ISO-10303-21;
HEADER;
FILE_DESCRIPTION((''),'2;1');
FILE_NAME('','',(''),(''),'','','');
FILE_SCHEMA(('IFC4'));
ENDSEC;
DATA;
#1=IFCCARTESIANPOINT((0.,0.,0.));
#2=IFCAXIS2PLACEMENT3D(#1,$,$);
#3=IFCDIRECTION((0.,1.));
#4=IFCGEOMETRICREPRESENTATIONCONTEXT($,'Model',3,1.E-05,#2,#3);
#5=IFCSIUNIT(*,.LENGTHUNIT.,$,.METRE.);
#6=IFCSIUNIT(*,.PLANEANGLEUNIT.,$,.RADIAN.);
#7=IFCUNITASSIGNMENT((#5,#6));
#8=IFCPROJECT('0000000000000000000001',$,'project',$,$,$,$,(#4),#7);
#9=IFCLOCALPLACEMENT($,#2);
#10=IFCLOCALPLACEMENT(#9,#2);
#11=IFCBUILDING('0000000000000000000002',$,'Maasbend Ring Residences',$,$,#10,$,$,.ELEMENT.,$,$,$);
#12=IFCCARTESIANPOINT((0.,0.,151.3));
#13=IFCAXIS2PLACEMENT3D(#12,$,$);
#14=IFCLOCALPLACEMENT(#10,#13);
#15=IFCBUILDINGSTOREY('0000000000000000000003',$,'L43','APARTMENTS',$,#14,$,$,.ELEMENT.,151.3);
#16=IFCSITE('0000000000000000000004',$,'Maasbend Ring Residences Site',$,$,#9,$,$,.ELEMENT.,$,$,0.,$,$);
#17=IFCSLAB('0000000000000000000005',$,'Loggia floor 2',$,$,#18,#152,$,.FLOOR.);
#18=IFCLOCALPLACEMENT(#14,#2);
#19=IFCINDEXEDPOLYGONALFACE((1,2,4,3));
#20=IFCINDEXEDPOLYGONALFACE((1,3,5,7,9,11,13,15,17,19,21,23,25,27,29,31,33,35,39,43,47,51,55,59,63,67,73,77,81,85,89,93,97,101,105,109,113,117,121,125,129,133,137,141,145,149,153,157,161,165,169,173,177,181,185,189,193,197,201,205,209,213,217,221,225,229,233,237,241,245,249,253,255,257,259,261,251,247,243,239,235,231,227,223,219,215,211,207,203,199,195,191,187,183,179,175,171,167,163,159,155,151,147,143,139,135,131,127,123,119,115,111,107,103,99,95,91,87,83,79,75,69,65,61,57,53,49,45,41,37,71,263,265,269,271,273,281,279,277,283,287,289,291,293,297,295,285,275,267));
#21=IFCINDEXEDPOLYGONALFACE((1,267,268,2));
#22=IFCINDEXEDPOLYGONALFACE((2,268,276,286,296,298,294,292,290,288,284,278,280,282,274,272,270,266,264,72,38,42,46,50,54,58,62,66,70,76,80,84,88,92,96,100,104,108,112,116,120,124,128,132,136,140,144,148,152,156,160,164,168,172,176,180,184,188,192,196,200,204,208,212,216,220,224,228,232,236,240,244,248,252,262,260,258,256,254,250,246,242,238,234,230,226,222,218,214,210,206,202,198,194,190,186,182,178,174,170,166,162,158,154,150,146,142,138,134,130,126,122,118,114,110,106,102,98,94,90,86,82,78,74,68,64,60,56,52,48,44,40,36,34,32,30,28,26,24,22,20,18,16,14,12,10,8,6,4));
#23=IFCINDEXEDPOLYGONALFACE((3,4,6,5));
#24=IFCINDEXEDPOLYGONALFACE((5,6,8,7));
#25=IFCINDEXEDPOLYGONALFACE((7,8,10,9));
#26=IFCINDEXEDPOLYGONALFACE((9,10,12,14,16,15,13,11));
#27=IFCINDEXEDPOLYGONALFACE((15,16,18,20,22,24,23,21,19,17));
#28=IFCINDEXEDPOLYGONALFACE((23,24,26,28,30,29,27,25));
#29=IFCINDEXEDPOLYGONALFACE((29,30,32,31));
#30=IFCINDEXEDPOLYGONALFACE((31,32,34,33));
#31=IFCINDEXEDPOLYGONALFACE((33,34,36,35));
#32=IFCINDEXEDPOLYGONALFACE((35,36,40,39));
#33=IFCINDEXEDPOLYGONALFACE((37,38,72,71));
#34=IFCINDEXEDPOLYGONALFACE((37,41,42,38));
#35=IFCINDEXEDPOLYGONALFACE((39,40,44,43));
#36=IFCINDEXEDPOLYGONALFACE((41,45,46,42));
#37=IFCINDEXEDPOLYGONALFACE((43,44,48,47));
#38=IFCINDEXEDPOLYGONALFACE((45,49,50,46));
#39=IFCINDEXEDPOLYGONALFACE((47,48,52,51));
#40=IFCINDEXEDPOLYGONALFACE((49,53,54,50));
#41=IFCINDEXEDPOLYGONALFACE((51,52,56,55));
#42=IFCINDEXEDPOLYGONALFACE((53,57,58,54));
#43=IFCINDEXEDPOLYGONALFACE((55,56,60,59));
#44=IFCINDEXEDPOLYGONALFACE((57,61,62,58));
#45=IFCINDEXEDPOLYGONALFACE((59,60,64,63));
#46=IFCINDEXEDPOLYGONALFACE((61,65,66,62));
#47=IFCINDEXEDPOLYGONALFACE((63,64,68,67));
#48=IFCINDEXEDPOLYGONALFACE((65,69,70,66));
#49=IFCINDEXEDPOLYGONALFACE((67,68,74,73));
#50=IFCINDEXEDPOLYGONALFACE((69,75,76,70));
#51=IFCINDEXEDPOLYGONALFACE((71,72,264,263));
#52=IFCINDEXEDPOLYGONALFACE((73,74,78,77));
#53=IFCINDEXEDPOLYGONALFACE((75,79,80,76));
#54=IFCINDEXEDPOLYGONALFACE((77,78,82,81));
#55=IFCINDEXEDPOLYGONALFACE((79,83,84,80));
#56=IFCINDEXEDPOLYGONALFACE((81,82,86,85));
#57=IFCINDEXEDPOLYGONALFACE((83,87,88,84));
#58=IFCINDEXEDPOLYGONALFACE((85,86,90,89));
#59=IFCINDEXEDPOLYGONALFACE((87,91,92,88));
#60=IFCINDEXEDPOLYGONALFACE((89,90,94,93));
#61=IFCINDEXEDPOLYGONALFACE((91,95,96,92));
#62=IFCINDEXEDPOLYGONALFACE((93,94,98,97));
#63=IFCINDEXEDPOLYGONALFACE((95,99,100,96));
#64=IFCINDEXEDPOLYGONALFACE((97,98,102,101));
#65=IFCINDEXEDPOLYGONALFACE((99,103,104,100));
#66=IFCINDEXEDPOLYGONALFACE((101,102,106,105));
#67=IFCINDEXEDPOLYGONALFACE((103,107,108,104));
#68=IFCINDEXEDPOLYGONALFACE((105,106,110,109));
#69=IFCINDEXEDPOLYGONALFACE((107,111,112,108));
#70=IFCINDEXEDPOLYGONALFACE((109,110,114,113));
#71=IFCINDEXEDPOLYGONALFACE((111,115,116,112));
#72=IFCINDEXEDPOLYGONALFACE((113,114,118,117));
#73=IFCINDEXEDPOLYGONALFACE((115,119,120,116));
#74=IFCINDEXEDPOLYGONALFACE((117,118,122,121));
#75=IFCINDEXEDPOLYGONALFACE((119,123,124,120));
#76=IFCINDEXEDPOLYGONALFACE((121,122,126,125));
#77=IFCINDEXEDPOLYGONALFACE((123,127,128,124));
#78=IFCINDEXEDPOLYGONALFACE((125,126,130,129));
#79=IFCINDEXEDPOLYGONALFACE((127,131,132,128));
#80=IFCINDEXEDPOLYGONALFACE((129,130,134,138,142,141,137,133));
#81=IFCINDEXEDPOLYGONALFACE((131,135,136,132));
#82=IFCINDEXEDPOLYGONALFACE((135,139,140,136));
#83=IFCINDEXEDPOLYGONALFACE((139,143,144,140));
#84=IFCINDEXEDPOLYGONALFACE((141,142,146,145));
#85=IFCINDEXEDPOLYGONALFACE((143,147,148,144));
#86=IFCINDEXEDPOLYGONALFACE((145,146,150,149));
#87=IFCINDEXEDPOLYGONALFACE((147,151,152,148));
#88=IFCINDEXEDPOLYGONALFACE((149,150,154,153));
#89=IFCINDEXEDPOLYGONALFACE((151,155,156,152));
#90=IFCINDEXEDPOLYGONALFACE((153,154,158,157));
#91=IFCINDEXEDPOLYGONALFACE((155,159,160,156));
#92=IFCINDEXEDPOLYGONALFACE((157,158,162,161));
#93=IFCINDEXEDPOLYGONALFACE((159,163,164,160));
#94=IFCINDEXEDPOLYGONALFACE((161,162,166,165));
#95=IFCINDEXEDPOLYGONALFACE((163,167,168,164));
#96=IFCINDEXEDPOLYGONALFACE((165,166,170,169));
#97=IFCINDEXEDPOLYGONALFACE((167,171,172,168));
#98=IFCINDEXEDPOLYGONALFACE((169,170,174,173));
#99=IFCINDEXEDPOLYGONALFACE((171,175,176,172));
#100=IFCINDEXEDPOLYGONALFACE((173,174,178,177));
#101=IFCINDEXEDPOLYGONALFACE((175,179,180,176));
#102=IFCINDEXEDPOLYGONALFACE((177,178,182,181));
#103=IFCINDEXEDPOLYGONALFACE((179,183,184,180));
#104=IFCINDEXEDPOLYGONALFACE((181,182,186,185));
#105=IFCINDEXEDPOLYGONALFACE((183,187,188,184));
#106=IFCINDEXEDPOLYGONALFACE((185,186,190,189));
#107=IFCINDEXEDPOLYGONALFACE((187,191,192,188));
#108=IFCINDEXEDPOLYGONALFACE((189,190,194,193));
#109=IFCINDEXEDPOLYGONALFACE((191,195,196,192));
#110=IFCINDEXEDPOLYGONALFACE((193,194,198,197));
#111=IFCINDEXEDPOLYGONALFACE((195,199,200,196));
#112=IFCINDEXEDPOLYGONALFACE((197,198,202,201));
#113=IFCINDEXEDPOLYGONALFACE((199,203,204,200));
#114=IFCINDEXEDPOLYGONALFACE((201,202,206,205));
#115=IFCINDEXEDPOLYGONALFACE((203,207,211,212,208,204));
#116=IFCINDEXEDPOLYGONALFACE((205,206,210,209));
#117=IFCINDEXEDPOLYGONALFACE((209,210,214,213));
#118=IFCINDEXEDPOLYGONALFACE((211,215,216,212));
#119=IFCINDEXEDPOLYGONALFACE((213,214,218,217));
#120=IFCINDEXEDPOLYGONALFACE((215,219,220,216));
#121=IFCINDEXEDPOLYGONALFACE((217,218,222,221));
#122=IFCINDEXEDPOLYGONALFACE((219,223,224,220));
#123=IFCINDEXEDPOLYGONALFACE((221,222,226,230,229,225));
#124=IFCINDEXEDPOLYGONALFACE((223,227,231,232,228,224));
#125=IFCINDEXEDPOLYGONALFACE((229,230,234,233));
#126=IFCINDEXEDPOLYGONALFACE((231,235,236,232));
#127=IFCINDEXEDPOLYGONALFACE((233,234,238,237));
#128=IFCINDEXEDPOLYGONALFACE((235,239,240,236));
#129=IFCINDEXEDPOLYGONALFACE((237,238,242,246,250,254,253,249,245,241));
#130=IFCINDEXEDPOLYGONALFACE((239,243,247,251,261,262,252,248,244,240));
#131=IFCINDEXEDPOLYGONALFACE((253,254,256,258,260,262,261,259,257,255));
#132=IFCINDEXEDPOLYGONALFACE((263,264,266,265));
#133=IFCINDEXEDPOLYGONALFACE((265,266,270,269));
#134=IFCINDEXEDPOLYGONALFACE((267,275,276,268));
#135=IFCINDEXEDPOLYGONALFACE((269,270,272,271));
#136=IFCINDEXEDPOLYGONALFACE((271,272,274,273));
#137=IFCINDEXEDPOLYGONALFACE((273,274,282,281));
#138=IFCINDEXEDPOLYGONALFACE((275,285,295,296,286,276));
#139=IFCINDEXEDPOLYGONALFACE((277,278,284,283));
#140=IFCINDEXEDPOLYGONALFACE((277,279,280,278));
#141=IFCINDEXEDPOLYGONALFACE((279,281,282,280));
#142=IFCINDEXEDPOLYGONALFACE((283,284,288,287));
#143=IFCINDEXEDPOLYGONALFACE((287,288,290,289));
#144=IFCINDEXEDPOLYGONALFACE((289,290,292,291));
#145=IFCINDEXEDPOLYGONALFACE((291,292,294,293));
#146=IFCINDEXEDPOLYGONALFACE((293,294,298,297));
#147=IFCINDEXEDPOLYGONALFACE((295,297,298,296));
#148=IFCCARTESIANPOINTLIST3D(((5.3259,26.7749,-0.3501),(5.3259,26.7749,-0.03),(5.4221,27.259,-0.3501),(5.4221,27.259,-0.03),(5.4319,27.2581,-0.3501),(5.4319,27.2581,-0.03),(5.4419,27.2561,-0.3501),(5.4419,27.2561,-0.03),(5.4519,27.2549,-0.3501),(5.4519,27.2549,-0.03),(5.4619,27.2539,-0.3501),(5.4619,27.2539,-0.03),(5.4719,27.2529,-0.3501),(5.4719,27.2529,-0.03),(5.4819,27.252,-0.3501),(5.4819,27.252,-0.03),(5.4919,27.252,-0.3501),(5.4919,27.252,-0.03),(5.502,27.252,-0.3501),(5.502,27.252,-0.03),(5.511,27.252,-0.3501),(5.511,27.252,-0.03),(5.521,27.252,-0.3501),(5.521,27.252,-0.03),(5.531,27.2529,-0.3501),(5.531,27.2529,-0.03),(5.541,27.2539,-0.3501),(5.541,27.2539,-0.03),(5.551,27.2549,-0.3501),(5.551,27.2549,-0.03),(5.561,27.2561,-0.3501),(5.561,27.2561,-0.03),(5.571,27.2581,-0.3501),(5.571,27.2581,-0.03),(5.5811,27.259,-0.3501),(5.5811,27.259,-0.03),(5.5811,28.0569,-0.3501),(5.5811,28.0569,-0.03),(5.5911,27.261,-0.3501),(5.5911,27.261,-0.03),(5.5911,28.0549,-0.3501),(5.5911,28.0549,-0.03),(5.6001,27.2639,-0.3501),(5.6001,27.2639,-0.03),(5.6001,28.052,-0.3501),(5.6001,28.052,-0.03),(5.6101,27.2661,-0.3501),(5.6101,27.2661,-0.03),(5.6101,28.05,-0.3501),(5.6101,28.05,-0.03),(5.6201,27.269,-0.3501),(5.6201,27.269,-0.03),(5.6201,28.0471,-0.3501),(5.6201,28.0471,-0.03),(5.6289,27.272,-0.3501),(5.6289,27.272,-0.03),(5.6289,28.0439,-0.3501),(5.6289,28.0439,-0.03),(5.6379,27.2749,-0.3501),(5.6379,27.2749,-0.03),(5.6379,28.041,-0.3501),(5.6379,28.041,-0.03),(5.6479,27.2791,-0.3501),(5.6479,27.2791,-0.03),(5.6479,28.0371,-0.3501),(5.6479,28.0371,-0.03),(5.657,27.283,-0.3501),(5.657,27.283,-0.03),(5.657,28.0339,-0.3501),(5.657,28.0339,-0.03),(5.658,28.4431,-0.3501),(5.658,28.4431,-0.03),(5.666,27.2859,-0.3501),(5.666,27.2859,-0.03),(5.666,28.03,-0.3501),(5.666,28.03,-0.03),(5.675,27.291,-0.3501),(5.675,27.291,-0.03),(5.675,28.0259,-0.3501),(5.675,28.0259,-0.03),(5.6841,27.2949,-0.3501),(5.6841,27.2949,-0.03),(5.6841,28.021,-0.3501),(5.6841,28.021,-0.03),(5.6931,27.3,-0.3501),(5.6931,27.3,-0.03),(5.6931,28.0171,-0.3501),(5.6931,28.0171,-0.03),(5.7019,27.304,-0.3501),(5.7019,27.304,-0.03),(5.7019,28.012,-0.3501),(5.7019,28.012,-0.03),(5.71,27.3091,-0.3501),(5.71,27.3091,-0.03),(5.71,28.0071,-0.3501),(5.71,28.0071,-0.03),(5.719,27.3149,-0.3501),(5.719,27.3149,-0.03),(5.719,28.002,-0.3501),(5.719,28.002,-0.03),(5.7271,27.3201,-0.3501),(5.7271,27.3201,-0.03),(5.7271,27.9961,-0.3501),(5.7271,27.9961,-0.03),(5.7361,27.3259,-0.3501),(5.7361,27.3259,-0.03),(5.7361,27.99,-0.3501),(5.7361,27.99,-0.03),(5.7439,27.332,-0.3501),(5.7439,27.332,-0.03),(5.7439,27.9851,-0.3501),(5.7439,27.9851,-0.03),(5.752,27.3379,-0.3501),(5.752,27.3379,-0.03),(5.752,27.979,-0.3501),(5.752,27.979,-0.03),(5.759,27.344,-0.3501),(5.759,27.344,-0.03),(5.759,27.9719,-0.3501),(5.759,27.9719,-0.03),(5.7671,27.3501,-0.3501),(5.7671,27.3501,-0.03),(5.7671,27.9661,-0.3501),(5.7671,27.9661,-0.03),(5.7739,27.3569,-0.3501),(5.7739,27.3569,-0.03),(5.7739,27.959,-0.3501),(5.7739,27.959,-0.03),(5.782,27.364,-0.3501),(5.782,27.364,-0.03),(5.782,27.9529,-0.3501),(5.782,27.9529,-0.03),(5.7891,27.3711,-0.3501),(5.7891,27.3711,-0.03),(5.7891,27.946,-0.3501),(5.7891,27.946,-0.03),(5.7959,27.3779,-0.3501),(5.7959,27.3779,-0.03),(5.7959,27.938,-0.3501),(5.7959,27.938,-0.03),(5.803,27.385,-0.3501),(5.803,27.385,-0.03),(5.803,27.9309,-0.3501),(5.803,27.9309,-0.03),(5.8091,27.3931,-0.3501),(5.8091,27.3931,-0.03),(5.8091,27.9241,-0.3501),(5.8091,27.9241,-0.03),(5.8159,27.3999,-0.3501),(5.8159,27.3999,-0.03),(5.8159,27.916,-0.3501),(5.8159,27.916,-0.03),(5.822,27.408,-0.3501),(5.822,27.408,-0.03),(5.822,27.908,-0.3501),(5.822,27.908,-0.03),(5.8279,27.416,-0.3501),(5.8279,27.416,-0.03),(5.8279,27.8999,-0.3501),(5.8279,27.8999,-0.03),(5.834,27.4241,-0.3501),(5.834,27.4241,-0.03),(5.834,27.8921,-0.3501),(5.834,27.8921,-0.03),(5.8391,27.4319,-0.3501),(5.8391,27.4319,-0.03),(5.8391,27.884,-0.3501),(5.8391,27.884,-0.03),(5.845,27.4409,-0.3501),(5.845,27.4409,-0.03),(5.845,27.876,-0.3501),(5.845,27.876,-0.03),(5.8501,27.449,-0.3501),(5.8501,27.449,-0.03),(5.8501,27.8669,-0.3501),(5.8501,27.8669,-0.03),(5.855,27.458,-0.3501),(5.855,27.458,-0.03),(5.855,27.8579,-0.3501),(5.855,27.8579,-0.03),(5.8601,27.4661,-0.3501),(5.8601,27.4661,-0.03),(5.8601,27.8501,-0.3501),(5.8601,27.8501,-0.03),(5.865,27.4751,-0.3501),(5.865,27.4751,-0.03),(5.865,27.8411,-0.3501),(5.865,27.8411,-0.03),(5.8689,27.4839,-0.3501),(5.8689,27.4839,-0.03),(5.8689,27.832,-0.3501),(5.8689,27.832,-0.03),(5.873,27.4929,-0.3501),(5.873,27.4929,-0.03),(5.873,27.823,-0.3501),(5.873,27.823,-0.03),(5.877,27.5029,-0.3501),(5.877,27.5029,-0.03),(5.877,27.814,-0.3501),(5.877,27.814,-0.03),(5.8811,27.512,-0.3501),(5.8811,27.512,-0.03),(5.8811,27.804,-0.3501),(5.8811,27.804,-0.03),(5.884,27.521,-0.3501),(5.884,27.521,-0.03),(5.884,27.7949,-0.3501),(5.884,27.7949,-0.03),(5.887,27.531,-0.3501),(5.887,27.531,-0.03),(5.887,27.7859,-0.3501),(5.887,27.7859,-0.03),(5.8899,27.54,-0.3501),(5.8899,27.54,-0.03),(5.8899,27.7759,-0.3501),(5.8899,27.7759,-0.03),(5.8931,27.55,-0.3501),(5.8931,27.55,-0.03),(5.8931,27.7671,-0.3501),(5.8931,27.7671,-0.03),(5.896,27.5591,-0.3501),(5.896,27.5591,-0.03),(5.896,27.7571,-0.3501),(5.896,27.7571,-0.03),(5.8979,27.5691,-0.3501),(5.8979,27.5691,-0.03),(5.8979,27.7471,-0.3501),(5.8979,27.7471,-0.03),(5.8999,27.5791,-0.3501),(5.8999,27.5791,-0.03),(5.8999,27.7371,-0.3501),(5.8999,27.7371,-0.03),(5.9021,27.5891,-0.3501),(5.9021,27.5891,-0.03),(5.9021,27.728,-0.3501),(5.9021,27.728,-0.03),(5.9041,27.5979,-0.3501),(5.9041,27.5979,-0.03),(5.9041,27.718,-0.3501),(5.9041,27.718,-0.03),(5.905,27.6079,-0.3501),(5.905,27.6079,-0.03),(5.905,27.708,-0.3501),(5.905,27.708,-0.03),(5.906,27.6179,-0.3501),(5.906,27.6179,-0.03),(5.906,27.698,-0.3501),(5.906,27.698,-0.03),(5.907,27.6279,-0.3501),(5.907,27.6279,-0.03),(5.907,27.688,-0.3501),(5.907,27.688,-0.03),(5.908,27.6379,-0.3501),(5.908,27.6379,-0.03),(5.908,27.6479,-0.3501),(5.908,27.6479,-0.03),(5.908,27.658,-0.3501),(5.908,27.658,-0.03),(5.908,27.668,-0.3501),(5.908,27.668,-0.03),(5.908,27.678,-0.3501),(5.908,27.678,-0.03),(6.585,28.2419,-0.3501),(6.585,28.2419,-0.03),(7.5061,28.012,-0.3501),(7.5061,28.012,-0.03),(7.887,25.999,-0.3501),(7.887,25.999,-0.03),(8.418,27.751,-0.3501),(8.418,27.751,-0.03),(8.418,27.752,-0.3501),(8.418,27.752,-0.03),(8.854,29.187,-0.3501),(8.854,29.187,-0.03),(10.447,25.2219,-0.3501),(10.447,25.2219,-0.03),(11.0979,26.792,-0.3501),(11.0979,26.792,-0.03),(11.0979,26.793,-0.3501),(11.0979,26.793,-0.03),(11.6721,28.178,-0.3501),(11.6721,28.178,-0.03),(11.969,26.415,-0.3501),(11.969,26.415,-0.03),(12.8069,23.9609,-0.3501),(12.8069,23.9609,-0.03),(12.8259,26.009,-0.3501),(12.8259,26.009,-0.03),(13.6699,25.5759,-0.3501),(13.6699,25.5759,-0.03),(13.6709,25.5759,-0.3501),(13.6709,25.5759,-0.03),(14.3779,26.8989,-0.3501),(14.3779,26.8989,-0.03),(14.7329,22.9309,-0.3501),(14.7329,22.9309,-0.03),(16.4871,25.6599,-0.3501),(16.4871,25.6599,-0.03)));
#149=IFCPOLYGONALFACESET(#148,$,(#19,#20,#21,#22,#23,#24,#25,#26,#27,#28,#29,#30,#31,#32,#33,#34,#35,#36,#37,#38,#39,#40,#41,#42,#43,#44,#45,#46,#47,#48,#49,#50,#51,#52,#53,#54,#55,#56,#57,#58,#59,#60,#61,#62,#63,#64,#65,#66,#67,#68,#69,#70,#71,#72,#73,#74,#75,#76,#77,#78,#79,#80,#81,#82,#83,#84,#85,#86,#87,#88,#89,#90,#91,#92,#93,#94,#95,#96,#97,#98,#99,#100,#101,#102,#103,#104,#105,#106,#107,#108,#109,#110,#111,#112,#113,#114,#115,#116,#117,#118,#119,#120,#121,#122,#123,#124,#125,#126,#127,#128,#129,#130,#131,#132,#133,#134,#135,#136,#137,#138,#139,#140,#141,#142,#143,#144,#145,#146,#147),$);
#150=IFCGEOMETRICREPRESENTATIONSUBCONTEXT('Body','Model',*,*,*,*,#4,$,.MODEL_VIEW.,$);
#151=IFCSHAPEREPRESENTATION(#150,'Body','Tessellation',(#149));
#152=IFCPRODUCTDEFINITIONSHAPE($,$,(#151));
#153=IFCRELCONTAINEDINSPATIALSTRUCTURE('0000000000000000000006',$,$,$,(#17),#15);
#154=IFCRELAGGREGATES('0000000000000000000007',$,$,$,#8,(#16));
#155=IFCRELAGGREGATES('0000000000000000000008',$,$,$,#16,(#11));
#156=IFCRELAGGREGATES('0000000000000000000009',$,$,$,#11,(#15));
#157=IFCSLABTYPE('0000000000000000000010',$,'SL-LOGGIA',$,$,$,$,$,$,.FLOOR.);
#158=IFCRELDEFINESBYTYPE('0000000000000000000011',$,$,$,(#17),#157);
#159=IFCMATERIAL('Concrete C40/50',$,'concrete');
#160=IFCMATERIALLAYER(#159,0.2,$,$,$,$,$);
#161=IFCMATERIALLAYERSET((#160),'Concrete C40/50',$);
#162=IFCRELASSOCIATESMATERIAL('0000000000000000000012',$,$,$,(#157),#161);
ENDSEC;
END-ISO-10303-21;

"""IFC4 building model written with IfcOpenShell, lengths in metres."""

from ifc_helpers import new_model, si_unit, direction, frame, origin, place, context, subcontext, project, spatial, polyline, outline, extrude, material, layer, layer_set, type_object, element, save


model = new_model("IFC4")

# Units and contexts
model_context = context("Model", 3, precision=1e-05, world=origin(), true_north=direction((0.0, 1.0)))
body_context = subcontext(model_context, "Body", "Model", "MODEL_VIEW")
ifc_project = project(units=[si_unit("LENGTHUNIT", "METRE"), si_unit("PLANEANGLEUNIT", "RADIAN")], contexts=[model_context])

# Site, building, storey
site_placement = place(None, origin())
site = spatial("IfcSite", under=ifc_project, at=site_placement, Name="Maasbend Ring Residences Site", CompositionType="ELEMENT", RefElevation=0.0)
building_placement = place(site_placement, origin())
building = spatial("IfcBuilding", under=site, at=building_placement, Name="Maasbend Ring Residences", CompositionType="ELEMENT")
storey_placement = place(building_placement, frame((0.0, 0.0, 151.3)))
storey = spatial("IfcBuildingStorey", under=building, at=storey_placement, Name="L43", Description="APARTMENTS", CompositionType="ELEMENT", Elevation=151.3)

# Slab
ifc_material_1 = material(Name="Concrete C40/50", Category="concrete")
ifc_layer_1 = layer(ifc_material_1, 0.2)
ifc_layer_set_1 = layer_set([ifc_layer_1], Name="Concrete C40/50")
slab_type_1 = type_object("IfcSlabType", Name="SL-LOGGIA", PredefinedType="FLOOR", material=ifc_layer_set_1)
slab_1_placement = place(storey_placement, frame((0.0, 0.0, -0.3501)))
element("IfcSlab", 1, at=slab_1_placement, inside=storey, type_object=slab_type_1, Name="Loggia floor 2", PredefinedType="FLOOR", context=body_context, shape_type="SweptSolid", body=[
    extrude(outline(polyline([(5.4519, 27.2549), (5.4619, 27.2539), (5.4719, 27.2529), (5.4819, 27.252), (5.4919, 27.252), (5.502, 27.252), (5.511, 27.252), (5.521, 27.252), (5.531, 27.2529), (5.541, 27.2539), (5.551, 27.2549), (5.561, 27.2561), (5.571, 27.2581), (5.5811, 27.259), (5.5911, 27.261), (5.6001, 27.2639), (5.6101, 27.2661), (5.6201, 27.269), (5.6289, 27.272), (5.6379, 27.2749), (5.6479, 27.2791), (5.657, 27.283), (5.666, 27.2859), (5.675, 27.291), (5.6841, 27.2949), (5.6931, 27.3), (5.7019, 27.304), (5.71, 27.3091), (5.719, 27.3149), (5.7271, 27.3201), (5.7361, 27.3259), (5.7439, 27.332), (5.752, 27.3379), (5.759, 27.344), (5.7671, 27.3501), (5.7739, 27.3569), (5.782, 27.364), (5.7891, 27.3711), (5.7959, 27.3779), (5.803, 27.385), (5.8091, 27.3931), (5.8159, 27.3999), (5.822, 27.408), (5.8279, 27.416), (5.834, 27.4241), (5.8391, 27.4319), (5.845, 27.4409), (5.8501, 27.449), (5.855, 27.458), (5.8601, 27.4661), (5.865, 27.4751), (5.8689, 27.4839), (5.873, 27.4929), (5.877, 27.5029), (5.8811, 27.512), (5.884, 27.521), (5.887, 27.531), (5.8899, 27.54), (5.8931, 27.55), (5.896, 27.5591), (5.8979, 27.5691), (5.8999, 27.5791), (5.9021, 27.5891), (5.9041, 27.5979), (5.905, 27.6079), (5.906, 27.6179), (5.907, 27.6279), (5.908, 27.6379), (5.908, 27.6479), (5.908, 27.658), (5.908, 27.668), (5.908, 27.678), (5.907, 27.688), (5.906, 27.698), (5.905, 27.708), (5.9041, 27.718), (5.9021, 27.728), (5.8999, 27.7371), (5.8979, 27.7471), (5.896, 27.7571), (5.8931, 27.7671), (5.8899, 27.7759), (5.887, 27.7859), (5.884, 27.7949), (5.8811, 27.804), (5.877, 27.814), (5.873, 27.823), (5.8689, 27.832), (5.865, 27.8411), (5.8601, 27.8501), (5.855, 27.8579), (5.8501, 27.8669), (5.845, 27.876), (5.8391, 27.884), (5.834, 27.8921), (5.8279, 27.8999), (5.822, 27.908), (5.8159, 27.916), (5.8091, 27.9241), (5.803, 27.9309), (5.7959, 27.938), (5.7891, 27.946), (5.782, 27.9529), (5.7739, 27.959), (5.7671, 27.9661), (5.759, 27.9719), (5.752, 27.979), (5.7439, 27.9851), (5.7361, 27.99), (5.7271, 27.9961), (5.719, 28.002), (5.71, 28.0071), (5.7019, 28.012), (5.6931, 28.0171), (5.6841, 28.021), (5.675, 28.0259), (5.666, 28.03), (5.657, 28.0339), (5.6479, 28.0371), (5.6379, 28.041), (5.6289, 28.0439), (5.6201, 28.0471), (5.6101, 28.05), (5.6001, 28.052), (5.5911, 28.0549), (5.5811, 28.0569), (5.658, 28.4431), (5.658, 28.4431), (5.658, 28.4431), (6.585, 28.2419), (6.585, 28.2419), (7.5061, 28.012), (7.5061, 28.012), (8.418, 27.751), (8.418, 27.751), (8.418, 27.751), (8.418, 27.751), (8.418, 27.751), (8.418, 27.751), (8.418, 27.751), (8.418, 27.751), (8.418, 27.751), (8.418, 27.751), (8.418, 27.752), (8.418, 27.752), (8.418, 27.752), (8.418, 27.752), (8.418, 27.752), (8.418, 27.752), (8.418, 27.752), (8.854, 29.187), (8.854, 29.187), (8.854, 29.187), (11.6721, 28.178), (11.6721, 28.178), (11.6721, 28.178), (11.0979, 26.793), (11.0979, 26.793), (11.0979, 26.793), (11.0979, 26.793), (11.0979, 26.793), (11.0979, 26.793), (11.0979, 26.793), (11.0979, 26.793), (11.0979, 26.793), (11.0979, 26.793), (11.0979, 26.792), (11.0979, 26.792), (11.0979, 26.792), (11.0979, 26.792), (11.0979, 26.792), (11.0979, 26.792), (11.0979, 26.792), (11.969, 26.415), (11.969, 26.415), (12.8259, 26.009), (12.8259, 26.009), (13.6699, 25.5759), (13.6699, 25.5759), (13.6699, 25.5759), (13.6699, 25.5759), (13.6699, 25.5759), (13.6699, 25.5759), (13.6699, 25.5759), (13.6699, 25.5759), (13.6699, 25.5759), (13.6699, 25.5759), (13.6709, 25.5759), (13.6709, 25.5759), (13.6709, 25.5759), (13.6709, 25.5759), (13.6709, 25.5759), (13.6709, 25.5759), (13.6709, 25.5759), (14.3779, 26.8989), (14.3779, 26.8989), (14.3779, 26.8989), (16.4871, 25.6599), (16.4871, 25.6599), (16.4871, 25.6599), (14.7329, 22.9309), (14.7329, 22.9309), (14.7329, 22.9309), (12.8069, 23.9609), (10.447, 25.2219), (10.447, 25.2219), (10.447, 25.2219), (7.887, 25.999), (5.3259, 26.7749), (5.3259, 26.7749), (5.3259, 26.7749), (5.4221, 27.259), (5.4319, 27.2581), (5.4419, 27.2561), (5.4519, 27.2549)])), origin(), (0.0, 0.0, 1.0), 0.3201),
])

save(model, "model.ifc")
